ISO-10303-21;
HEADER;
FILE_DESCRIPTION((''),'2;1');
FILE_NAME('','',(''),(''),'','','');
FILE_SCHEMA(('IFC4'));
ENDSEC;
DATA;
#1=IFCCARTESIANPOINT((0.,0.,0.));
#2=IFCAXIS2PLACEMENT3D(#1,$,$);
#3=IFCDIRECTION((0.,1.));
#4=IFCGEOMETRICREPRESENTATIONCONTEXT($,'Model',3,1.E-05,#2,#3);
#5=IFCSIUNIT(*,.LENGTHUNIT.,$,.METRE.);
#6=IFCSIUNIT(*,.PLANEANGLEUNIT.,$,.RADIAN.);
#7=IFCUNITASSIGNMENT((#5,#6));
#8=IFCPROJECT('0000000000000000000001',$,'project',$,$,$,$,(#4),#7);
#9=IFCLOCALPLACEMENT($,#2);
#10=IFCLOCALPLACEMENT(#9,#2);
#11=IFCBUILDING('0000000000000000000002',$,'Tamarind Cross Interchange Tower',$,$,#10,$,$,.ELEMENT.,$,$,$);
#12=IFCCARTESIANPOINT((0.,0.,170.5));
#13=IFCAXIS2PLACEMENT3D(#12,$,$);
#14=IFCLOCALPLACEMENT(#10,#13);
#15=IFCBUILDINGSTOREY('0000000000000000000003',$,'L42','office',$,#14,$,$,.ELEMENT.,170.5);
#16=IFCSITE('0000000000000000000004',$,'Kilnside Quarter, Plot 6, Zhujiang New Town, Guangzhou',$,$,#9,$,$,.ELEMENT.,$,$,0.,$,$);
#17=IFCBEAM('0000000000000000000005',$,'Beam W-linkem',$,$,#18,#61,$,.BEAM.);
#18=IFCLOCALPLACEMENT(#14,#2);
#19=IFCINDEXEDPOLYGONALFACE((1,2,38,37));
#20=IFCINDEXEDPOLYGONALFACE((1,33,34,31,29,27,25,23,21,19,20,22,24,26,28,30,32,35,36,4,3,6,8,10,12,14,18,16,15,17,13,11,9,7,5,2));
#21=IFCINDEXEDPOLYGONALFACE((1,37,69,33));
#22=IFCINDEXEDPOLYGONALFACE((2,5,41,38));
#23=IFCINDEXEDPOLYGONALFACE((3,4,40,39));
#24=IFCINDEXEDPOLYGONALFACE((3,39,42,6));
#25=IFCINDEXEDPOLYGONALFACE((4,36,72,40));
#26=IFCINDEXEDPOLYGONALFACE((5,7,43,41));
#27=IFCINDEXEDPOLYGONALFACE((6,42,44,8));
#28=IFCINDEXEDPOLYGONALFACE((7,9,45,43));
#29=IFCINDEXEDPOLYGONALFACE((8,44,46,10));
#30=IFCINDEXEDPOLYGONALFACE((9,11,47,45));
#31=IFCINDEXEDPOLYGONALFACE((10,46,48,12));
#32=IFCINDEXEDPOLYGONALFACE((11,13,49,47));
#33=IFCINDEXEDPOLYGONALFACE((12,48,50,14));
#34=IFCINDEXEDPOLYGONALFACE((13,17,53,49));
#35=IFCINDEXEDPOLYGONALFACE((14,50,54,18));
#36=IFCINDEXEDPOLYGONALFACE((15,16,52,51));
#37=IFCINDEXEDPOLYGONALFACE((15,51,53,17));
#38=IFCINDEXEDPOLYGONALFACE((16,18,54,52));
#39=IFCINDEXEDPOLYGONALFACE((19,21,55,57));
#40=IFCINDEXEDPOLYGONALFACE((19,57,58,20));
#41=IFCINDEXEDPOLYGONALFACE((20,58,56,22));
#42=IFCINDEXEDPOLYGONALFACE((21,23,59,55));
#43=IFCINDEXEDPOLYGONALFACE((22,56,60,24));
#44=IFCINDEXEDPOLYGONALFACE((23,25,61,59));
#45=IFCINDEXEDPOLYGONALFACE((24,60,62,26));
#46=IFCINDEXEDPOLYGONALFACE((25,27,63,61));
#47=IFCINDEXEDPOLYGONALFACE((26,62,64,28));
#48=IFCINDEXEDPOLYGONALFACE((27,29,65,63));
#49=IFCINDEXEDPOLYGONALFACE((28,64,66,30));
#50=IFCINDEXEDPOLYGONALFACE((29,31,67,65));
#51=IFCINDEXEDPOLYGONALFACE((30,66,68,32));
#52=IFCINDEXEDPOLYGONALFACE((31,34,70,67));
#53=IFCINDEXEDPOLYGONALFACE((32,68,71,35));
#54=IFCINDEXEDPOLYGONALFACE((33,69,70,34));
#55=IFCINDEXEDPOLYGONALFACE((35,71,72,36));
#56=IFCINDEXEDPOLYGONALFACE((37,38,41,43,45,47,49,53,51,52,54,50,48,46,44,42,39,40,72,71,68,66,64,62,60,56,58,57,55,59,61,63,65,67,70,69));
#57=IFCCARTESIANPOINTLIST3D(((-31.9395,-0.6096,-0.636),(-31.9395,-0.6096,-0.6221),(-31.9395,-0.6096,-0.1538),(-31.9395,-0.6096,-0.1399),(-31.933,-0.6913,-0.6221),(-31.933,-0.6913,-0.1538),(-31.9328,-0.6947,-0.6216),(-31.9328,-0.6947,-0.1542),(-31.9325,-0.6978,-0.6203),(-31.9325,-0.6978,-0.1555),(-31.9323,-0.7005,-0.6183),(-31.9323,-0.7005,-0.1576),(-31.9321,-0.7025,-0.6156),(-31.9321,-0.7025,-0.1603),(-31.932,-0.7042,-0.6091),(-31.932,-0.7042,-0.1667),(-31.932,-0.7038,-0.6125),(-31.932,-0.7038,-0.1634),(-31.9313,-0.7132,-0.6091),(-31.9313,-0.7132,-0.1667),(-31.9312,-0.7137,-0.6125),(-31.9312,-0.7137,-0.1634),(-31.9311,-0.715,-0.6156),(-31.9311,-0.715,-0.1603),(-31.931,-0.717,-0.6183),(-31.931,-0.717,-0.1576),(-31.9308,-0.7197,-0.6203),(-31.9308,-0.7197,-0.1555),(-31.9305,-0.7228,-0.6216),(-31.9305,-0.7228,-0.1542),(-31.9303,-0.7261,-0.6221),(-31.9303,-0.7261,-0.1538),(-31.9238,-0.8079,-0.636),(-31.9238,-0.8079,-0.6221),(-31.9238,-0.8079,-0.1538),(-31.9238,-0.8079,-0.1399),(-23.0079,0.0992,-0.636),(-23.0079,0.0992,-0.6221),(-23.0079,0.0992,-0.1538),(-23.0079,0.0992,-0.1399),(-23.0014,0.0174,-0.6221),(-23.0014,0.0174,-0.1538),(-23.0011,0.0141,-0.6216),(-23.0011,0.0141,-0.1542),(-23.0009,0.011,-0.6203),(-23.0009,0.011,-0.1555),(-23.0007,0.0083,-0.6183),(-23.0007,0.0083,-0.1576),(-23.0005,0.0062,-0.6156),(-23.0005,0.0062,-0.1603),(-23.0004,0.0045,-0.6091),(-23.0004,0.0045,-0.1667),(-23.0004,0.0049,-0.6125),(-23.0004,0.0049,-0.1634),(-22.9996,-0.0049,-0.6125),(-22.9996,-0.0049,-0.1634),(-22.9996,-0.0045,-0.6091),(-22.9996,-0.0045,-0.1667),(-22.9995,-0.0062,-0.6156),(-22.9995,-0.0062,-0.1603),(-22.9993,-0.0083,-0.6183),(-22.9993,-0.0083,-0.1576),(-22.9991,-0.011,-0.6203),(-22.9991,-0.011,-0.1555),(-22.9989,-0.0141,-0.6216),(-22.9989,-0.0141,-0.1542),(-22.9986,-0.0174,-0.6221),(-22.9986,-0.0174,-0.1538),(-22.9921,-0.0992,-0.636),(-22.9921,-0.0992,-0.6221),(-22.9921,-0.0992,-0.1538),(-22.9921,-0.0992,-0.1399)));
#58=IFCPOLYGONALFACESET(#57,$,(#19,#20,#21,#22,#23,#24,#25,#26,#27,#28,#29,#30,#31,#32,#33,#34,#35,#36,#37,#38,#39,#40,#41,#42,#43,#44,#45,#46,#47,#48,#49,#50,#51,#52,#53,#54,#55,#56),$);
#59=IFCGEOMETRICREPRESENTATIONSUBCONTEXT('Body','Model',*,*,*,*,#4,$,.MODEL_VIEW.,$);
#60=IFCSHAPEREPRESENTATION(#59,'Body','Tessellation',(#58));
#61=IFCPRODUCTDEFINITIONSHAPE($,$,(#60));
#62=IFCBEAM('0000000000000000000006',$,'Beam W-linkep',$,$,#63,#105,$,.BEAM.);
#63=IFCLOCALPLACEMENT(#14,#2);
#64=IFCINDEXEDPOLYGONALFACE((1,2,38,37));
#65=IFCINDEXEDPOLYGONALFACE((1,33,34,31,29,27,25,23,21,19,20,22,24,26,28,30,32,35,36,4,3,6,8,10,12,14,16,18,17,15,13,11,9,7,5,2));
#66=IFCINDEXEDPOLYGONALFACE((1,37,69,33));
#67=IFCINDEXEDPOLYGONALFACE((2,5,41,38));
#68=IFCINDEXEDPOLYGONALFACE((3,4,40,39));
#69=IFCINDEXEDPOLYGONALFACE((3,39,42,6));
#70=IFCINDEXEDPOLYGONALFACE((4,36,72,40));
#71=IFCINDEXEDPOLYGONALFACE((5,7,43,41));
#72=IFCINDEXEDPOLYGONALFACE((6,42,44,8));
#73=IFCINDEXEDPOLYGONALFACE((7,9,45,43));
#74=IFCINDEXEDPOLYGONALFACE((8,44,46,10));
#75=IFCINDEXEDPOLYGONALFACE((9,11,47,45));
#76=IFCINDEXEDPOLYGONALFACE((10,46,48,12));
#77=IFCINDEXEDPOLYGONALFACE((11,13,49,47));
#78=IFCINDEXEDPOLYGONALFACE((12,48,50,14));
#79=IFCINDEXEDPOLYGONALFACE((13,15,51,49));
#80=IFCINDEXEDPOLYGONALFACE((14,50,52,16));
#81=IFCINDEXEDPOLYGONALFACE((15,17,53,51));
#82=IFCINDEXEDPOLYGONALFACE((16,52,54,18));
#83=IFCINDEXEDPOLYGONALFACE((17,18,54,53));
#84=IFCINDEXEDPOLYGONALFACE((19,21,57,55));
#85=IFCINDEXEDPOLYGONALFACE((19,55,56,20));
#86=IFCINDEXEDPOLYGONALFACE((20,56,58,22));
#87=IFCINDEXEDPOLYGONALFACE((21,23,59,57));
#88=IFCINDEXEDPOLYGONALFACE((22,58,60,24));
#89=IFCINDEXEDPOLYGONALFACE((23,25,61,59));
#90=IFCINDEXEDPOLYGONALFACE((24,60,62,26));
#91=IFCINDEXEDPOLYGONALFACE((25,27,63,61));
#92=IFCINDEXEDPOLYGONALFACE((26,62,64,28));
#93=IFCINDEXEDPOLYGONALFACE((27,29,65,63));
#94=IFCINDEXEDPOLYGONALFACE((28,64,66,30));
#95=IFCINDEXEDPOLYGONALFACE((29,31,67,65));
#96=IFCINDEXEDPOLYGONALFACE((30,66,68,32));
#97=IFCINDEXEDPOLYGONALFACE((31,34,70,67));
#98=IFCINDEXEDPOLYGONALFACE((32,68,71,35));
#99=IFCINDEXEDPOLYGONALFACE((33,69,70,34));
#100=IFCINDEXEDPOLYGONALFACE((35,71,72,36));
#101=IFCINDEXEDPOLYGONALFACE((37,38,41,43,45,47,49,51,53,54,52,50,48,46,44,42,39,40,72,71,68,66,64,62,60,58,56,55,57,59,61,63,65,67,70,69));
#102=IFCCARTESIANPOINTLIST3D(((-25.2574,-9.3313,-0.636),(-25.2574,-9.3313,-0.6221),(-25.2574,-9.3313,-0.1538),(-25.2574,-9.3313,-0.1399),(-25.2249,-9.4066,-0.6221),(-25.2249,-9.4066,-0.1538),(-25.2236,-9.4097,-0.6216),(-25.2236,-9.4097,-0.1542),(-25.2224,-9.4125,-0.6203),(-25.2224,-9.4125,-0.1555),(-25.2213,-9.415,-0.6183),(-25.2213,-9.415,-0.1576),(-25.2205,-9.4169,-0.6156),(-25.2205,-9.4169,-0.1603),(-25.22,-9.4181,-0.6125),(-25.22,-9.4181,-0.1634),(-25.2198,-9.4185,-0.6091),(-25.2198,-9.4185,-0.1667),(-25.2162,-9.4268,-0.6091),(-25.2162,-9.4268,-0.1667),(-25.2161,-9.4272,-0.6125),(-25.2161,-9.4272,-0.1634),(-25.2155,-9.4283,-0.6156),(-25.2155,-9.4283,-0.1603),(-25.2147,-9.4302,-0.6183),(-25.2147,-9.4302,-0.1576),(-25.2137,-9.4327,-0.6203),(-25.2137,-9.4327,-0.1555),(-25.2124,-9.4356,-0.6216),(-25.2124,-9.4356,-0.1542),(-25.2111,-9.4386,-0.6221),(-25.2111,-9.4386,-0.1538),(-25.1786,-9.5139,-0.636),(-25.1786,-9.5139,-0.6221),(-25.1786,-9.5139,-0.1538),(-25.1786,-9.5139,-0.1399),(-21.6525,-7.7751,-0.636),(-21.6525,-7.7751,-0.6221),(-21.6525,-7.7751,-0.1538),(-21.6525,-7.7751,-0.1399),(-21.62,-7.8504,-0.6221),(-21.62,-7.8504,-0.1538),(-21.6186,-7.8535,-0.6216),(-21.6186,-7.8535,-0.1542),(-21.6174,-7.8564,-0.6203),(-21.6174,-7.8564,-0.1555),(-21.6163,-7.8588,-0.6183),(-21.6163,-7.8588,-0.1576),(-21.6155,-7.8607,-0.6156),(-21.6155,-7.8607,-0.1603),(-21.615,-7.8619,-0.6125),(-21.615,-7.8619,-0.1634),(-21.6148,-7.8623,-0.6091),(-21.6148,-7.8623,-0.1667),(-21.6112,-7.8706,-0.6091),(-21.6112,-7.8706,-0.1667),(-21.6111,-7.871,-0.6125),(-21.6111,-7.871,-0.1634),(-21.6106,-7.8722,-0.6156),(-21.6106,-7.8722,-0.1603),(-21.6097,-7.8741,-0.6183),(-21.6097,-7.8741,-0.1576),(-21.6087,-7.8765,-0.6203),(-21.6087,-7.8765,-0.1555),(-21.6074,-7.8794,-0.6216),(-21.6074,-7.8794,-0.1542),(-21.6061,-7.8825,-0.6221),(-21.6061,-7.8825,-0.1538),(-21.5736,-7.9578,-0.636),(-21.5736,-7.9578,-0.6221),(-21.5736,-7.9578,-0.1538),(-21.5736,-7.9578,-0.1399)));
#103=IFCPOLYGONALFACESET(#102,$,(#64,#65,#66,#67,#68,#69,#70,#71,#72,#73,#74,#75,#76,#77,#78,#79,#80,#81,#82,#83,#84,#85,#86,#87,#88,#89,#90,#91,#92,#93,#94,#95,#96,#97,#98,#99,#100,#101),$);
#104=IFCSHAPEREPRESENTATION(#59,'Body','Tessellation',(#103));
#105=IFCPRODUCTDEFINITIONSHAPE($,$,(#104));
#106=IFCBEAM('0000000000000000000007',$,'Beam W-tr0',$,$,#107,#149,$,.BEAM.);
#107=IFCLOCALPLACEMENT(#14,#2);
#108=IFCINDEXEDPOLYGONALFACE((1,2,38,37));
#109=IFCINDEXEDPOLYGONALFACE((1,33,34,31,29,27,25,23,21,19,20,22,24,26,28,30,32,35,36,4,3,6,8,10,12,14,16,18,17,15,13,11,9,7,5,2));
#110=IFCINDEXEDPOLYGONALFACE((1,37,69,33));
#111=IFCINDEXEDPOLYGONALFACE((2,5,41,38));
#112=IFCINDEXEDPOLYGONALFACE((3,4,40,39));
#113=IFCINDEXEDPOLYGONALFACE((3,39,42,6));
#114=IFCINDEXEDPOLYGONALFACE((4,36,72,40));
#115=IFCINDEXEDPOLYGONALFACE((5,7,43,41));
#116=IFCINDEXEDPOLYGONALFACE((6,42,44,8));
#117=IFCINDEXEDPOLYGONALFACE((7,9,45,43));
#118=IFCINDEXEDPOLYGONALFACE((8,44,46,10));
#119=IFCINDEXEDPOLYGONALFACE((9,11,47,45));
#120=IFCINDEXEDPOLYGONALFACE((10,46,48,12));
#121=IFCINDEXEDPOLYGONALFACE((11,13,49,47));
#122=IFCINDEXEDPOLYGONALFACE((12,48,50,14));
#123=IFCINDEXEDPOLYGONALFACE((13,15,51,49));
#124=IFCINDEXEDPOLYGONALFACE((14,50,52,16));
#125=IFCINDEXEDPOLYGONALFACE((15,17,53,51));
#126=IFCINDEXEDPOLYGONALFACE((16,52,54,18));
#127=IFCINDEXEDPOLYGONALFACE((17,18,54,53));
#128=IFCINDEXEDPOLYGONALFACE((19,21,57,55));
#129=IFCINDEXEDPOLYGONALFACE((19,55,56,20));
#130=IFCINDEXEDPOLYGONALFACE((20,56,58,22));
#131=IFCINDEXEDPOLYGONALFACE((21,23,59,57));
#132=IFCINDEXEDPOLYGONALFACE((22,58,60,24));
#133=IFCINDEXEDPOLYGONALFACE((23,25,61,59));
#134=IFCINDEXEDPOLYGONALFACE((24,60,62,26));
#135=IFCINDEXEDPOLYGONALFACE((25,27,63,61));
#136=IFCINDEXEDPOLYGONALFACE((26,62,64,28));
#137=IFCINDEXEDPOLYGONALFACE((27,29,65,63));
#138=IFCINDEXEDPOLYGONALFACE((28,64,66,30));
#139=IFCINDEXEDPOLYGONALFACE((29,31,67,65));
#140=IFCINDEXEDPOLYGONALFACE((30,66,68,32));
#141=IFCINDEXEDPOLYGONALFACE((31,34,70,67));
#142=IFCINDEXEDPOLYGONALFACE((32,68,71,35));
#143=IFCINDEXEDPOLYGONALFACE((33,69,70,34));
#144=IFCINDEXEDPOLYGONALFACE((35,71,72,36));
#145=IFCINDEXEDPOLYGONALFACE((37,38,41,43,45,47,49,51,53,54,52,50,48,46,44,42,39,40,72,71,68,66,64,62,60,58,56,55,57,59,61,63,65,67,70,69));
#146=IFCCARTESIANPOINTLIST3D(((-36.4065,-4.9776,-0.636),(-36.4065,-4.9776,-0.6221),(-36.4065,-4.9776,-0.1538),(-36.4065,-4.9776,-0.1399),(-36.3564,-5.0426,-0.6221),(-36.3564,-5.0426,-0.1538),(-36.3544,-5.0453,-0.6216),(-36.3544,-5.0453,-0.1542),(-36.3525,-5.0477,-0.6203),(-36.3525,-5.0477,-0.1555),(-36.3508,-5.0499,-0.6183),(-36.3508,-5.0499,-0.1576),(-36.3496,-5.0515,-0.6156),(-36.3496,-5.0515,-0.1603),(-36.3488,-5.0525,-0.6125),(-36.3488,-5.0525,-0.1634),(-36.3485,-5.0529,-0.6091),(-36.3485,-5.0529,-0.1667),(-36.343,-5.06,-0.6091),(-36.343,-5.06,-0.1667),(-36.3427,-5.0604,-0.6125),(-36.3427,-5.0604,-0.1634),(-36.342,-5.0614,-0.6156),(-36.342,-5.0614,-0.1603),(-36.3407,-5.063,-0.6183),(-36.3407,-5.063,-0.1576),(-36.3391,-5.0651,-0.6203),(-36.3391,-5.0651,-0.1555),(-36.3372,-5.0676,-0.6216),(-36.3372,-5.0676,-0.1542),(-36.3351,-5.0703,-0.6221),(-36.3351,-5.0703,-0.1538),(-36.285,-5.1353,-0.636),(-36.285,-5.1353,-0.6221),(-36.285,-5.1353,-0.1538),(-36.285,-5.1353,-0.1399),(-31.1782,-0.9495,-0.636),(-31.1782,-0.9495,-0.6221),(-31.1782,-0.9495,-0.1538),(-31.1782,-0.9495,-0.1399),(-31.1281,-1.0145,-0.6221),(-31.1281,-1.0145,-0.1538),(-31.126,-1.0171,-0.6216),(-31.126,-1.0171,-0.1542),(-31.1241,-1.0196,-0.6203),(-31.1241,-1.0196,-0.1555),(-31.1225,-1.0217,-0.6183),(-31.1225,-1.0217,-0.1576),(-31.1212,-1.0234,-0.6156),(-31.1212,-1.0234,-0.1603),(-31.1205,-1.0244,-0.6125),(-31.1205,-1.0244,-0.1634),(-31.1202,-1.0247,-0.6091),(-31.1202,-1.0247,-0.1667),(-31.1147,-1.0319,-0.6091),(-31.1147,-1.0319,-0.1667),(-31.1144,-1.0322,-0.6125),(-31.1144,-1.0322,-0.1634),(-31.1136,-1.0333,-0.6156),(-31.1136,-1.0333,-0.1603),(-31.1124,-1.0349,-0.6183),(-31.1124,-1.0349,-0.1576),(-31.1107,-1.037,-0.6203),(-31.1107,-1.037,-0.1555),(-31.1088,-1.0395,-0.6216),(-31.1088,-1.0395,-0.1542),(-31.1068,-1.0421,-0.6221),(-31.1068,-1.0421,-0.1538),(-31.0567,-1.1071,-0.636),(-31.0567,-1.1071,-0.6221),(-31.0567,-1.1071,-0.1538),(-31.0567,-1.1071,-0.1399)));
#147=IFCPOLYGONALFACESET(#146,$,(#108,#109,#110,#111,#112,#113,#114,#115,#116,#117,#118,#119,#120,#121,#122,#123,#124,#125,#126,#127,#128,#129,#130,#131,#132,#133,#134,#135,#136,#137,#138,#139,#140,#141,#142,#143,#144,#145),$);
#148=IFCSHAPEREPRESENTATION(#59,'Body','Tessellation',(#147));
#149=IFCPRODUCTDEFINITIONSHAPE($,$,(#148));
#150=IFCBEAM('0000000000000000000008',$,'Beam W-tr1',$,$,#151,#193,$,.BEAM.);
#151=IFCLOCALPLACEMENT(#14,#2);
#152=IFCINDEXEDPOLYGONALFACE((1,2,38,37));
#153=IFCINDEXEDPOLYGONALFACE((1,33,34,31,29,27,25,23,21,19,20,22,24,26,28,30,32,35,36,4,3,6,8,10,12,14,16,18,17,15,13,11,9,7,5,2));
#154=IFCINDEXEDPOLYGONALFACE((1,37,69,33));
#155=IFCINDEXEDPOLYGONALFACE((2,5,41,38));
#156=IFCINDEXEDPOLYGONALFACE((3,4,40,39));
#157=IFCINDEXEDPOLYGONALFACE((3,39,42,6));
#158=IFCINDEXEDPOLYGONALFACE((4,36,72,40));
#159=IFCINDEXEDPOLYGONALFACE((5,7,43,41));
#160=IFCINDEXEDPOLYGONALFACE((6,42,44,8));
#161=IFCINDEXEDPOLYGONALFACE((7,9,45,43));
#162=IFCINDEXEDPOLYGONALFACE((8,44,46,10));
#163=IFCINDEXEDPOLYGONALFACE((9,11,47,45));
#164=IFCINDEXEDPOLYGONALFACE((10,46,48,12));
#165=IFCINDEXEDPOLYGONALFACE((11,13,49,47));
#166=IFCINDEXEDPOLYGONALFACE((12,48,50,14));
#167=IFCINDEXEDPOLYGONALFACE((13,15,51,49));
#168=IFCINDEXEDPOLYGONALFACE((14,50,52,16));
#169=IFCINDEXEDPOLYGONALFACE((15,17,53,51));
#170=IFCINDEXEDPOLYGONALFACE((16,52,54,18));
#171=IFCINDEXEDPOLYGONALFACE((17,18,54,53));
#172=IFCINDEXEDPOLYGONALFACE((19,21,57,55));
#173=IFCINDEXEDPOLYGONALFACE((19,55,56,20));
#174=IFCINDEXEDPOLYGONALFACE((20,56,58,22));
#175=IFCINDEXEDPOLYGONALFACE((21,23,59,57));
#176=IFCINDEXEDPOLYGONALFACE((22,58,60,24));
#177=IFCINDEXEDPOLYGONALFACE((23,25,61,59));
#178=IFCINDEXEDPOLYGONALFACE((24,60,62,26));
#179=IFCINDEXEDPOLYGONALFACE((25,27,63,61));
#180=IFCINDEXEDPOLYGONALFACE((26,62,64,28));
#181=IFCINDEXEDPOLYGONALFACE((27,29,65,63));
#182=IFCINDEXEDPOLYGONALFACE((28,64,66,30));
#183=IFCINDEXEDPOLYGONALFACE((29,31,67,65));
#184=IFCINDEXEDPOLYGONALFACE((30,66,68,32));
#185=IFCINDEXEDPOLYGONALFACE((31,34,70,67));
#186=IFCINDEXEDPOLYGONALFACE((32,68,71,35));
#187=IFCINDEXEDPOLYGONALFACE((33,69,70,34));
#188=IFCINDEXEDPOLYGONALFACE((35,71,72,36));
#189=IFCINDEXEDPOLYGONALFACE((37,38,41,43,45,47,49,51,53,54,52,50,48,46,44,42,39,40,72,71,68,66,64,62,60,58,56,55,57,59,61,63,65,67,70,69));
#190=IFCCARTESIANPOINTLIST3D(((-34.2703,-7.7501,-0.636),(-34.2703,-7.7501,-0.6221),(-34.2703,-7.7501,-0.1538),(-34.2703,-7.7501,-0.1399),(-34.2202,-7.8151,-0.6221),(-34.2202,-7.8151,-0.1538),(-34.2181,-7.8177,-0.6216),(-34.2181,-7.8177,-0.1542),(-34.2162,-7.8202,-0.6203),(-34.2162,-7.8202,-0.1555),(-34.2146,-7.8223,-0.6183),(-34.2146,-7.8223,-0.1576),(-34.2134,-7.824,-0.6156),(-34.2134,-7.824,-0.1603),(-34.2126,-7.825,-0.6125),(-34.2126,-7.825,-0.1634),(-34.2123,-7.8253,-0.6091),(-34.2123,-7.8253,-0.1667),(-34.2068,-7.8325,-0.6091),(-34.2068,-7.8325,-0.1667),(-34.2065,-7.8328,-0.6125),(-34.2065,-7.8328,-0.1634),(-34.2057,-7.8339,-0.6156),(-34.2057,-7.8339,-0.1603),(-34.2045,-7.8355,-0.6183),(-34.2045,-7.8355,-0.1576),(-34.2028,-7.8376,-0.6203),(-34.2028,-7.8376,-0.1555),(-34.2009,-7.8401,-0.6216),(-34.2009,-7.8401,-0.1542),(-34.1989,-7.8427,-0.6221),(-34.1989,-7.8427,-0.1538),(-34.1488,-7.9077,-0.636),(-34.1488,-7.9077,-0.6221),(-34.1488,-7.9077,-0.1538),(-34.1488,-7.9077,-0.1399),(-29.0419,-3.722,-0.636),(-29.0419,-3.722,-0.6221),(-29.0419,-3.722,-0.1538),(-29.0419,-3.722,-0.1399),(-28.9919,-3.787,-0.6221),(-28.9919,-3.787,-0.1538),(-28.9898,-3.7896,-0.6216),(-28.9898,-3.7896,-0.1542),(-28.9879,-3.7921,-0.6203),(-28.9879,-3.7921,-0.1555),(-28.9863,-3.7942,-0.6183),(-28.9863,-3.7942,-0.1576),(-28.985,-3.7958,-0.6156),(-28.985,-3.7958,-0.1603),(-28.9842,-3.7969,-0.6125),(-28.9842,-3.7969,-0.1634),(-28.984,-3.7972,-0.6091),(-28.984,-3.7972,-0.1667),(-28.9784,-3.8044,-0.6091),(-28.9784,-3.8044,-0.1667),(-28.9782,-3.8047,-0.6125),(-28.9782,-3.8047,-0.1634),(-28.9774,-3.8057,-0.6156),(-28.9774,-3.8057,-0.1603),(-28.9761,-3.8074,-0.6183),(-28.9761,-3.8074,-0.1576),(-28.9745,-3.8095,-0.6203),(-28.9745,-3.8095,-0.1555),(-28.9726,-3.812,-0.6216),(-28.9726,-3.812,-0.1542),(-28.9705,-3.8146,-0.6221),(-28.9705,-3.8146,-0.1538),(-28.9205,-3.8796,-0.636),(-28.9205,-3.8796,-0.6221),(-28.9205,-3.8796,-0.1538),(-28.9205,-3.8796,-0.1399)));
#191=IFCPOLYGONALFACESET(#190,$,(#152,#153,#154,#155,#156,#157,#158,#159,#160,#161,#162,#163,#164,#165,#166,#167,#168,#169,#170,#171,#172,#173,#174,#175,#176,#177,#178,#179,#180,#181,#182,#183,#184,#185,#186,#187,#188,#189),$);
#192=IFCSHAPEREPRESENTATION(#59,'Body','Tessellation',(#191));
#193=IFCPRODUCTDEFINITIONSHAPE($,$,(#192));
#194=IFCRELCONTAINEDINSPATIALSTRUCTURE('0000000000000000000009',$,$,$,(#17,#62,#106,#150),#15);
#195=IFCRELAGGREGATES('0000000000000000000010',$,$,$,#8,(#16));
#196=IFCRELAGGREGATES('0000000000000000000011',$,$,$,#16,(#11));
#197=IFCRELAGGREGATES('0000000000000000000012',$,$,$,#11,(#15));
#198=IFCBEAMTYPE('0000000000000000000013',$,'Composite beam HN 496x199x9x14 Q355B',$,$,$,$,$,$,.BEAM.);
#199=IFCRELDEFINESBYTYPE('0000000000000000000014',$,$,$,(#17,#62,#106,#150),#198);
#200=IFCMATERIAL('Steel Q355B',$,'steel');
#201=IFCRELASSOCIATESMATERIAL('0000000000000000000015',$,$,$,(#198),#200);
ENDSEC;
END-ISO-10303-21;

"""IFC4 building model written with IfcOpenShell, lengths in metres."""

from ifc_helpers import new_model, si_unit, direction, frame, origin, origin_2d, place, context, subcontext, project, spatial, i_section, extrude, material, material_profile, profile_set, type_object, element, save


model = new_model("IFC4")

# Units and contexts
model_context = context("Model", 3, precision=1e-05, world=origin(), true_north=direction((0.0, 1.0)))
body_context = subcontext(model_context, "Body", "Model", "MODEL_VIEW")
ifc_project = project(units=[si_unit("LENGTHUNIT", "METRE"), si_unit("PLANEANGLEUNIT", "RADIAN")], contexts=[model_context])

# Site, building, storey
site_placement = place(None, origin())
site = spatial("IfcSite", under=ifc_project, at=site_placement, Name="Kilnside Quarter, Plot 6, Zhujiang New Town, Guangzhou", CompositionType="ELEMENT", RefElevation=0.0)
building_placement = place(site_placement, origin())
building = spatial("IfcBuilding", under=site, at=building_placement, Name="Tamarind Cross Interchange Tower", CompositionType="ELEMENT")
storey_placement = place(building_placement, frame((0.0, 0.0, 170.5)))
storey = spatial("IfcBuildingStorey", under=building, at=storey_placement, Name="L42", Description="office", CompositionType="ELEMENT", Elevation=170.5)

# Beams
ifc_material_1 = material(Name="Steel Q355B", Category="steel")
ifc_material_profile_1 = material_profile(ifc_material_1, i_section(OverallWidth=0.199, OverallDepth=0.4961, WebThickness=0.009, FlangeThickness=0.0139, FilletRadius=0.0129, at=origin_2d()), Name="HN 496x199x9x14")
ifc_profile_set_1 = profile_set([ifc_material_profile_1], Name="Steel Q355B")
beam_type_1 = type_object("IfcBeamType", Name="Composite beam HN 496x199x9x14 Q355B", PredefinedType="BEAM", material=ifc_profile_set_1)
beam_1_placement = place(storey_placement, frame((-31.9316, -0.7087, -0.3879), z_axis=(0.996866, 0.079103, 0.0), x_axis=(-0.079103, 0.996866, 0.0)))
element("IfcBeam", 1, at=beam_1_placement, inside=storey, type_object=beam_type_1, Name="Beam W-linkem", PredefinedType="BEAM", context=body_context, shape_type="SweptSolid", body=[
    extrude(i_section(OverallWidth=0.199, OverallDepth=0.4961, WebThickness=0.009, FlangeThickness=0.0139, FilletRadius=0.0129, at=origin_2d()), origin(), (0.0, 0.0, 1.0), 8.9597),
])
beam_2_placement = place(storey_placement, frame((-25.218, -9.4226, -0.3879), z_axis=(0.918113, 0.396319, 0.0), x_axis=(-0.396319, 0.918113, 0.0)))
element("IfcBeam", 2, at=beam_2_placement, inside=storey, type_object=beam_type_1, Name="Beam W-linkep", PredefinedType="BEAM", context=body_context, shape_type="SweptSolid", body=[
    extrude(i_section(OverallWidth=0.199, OverallDepth=0.4961, WebThickness=0.009, FlangeThickness=0.0139, FilletRadius=0.0129, at=origin_2d()), origin(), (0.0, 0.0, 1.0), 3.9265),
])
for number, where, z_axis, x_axis, name in (
    (3, (-31.1174, -1.0283, -0.3879), (-0.79216, -0.610313, 0.0), (0.610313, -0.79216, 0.0), "Beam W-tr0"),
    (4, (-28.9812, -3.8008, -0.3879), (-0.79216, -0.610313, 0.0), (0.610313, -0.79216, 0.0), "Beam W-tr1"),
):
    element("IfcBeam", number, at=place(storey_placement, frame(where, z_axis=z_axis, x_axis=x_axis)), inside=storey, type_object=beam_type_1, Name=name, PredefinedType="BEAM", context=body_context, shape_type="SweptSolid", body=[
        extrude(i_section(OverallWidth=0.199, OverallDepth=0.4961, WebThickness=0.009, FlangeThickness=0.0139, FilletRadius=0.0129, at=origin_2d()), origin(), (0.0, 0.0, 1.0), 6.6001),
    ])

save(model, "model.ifc")
